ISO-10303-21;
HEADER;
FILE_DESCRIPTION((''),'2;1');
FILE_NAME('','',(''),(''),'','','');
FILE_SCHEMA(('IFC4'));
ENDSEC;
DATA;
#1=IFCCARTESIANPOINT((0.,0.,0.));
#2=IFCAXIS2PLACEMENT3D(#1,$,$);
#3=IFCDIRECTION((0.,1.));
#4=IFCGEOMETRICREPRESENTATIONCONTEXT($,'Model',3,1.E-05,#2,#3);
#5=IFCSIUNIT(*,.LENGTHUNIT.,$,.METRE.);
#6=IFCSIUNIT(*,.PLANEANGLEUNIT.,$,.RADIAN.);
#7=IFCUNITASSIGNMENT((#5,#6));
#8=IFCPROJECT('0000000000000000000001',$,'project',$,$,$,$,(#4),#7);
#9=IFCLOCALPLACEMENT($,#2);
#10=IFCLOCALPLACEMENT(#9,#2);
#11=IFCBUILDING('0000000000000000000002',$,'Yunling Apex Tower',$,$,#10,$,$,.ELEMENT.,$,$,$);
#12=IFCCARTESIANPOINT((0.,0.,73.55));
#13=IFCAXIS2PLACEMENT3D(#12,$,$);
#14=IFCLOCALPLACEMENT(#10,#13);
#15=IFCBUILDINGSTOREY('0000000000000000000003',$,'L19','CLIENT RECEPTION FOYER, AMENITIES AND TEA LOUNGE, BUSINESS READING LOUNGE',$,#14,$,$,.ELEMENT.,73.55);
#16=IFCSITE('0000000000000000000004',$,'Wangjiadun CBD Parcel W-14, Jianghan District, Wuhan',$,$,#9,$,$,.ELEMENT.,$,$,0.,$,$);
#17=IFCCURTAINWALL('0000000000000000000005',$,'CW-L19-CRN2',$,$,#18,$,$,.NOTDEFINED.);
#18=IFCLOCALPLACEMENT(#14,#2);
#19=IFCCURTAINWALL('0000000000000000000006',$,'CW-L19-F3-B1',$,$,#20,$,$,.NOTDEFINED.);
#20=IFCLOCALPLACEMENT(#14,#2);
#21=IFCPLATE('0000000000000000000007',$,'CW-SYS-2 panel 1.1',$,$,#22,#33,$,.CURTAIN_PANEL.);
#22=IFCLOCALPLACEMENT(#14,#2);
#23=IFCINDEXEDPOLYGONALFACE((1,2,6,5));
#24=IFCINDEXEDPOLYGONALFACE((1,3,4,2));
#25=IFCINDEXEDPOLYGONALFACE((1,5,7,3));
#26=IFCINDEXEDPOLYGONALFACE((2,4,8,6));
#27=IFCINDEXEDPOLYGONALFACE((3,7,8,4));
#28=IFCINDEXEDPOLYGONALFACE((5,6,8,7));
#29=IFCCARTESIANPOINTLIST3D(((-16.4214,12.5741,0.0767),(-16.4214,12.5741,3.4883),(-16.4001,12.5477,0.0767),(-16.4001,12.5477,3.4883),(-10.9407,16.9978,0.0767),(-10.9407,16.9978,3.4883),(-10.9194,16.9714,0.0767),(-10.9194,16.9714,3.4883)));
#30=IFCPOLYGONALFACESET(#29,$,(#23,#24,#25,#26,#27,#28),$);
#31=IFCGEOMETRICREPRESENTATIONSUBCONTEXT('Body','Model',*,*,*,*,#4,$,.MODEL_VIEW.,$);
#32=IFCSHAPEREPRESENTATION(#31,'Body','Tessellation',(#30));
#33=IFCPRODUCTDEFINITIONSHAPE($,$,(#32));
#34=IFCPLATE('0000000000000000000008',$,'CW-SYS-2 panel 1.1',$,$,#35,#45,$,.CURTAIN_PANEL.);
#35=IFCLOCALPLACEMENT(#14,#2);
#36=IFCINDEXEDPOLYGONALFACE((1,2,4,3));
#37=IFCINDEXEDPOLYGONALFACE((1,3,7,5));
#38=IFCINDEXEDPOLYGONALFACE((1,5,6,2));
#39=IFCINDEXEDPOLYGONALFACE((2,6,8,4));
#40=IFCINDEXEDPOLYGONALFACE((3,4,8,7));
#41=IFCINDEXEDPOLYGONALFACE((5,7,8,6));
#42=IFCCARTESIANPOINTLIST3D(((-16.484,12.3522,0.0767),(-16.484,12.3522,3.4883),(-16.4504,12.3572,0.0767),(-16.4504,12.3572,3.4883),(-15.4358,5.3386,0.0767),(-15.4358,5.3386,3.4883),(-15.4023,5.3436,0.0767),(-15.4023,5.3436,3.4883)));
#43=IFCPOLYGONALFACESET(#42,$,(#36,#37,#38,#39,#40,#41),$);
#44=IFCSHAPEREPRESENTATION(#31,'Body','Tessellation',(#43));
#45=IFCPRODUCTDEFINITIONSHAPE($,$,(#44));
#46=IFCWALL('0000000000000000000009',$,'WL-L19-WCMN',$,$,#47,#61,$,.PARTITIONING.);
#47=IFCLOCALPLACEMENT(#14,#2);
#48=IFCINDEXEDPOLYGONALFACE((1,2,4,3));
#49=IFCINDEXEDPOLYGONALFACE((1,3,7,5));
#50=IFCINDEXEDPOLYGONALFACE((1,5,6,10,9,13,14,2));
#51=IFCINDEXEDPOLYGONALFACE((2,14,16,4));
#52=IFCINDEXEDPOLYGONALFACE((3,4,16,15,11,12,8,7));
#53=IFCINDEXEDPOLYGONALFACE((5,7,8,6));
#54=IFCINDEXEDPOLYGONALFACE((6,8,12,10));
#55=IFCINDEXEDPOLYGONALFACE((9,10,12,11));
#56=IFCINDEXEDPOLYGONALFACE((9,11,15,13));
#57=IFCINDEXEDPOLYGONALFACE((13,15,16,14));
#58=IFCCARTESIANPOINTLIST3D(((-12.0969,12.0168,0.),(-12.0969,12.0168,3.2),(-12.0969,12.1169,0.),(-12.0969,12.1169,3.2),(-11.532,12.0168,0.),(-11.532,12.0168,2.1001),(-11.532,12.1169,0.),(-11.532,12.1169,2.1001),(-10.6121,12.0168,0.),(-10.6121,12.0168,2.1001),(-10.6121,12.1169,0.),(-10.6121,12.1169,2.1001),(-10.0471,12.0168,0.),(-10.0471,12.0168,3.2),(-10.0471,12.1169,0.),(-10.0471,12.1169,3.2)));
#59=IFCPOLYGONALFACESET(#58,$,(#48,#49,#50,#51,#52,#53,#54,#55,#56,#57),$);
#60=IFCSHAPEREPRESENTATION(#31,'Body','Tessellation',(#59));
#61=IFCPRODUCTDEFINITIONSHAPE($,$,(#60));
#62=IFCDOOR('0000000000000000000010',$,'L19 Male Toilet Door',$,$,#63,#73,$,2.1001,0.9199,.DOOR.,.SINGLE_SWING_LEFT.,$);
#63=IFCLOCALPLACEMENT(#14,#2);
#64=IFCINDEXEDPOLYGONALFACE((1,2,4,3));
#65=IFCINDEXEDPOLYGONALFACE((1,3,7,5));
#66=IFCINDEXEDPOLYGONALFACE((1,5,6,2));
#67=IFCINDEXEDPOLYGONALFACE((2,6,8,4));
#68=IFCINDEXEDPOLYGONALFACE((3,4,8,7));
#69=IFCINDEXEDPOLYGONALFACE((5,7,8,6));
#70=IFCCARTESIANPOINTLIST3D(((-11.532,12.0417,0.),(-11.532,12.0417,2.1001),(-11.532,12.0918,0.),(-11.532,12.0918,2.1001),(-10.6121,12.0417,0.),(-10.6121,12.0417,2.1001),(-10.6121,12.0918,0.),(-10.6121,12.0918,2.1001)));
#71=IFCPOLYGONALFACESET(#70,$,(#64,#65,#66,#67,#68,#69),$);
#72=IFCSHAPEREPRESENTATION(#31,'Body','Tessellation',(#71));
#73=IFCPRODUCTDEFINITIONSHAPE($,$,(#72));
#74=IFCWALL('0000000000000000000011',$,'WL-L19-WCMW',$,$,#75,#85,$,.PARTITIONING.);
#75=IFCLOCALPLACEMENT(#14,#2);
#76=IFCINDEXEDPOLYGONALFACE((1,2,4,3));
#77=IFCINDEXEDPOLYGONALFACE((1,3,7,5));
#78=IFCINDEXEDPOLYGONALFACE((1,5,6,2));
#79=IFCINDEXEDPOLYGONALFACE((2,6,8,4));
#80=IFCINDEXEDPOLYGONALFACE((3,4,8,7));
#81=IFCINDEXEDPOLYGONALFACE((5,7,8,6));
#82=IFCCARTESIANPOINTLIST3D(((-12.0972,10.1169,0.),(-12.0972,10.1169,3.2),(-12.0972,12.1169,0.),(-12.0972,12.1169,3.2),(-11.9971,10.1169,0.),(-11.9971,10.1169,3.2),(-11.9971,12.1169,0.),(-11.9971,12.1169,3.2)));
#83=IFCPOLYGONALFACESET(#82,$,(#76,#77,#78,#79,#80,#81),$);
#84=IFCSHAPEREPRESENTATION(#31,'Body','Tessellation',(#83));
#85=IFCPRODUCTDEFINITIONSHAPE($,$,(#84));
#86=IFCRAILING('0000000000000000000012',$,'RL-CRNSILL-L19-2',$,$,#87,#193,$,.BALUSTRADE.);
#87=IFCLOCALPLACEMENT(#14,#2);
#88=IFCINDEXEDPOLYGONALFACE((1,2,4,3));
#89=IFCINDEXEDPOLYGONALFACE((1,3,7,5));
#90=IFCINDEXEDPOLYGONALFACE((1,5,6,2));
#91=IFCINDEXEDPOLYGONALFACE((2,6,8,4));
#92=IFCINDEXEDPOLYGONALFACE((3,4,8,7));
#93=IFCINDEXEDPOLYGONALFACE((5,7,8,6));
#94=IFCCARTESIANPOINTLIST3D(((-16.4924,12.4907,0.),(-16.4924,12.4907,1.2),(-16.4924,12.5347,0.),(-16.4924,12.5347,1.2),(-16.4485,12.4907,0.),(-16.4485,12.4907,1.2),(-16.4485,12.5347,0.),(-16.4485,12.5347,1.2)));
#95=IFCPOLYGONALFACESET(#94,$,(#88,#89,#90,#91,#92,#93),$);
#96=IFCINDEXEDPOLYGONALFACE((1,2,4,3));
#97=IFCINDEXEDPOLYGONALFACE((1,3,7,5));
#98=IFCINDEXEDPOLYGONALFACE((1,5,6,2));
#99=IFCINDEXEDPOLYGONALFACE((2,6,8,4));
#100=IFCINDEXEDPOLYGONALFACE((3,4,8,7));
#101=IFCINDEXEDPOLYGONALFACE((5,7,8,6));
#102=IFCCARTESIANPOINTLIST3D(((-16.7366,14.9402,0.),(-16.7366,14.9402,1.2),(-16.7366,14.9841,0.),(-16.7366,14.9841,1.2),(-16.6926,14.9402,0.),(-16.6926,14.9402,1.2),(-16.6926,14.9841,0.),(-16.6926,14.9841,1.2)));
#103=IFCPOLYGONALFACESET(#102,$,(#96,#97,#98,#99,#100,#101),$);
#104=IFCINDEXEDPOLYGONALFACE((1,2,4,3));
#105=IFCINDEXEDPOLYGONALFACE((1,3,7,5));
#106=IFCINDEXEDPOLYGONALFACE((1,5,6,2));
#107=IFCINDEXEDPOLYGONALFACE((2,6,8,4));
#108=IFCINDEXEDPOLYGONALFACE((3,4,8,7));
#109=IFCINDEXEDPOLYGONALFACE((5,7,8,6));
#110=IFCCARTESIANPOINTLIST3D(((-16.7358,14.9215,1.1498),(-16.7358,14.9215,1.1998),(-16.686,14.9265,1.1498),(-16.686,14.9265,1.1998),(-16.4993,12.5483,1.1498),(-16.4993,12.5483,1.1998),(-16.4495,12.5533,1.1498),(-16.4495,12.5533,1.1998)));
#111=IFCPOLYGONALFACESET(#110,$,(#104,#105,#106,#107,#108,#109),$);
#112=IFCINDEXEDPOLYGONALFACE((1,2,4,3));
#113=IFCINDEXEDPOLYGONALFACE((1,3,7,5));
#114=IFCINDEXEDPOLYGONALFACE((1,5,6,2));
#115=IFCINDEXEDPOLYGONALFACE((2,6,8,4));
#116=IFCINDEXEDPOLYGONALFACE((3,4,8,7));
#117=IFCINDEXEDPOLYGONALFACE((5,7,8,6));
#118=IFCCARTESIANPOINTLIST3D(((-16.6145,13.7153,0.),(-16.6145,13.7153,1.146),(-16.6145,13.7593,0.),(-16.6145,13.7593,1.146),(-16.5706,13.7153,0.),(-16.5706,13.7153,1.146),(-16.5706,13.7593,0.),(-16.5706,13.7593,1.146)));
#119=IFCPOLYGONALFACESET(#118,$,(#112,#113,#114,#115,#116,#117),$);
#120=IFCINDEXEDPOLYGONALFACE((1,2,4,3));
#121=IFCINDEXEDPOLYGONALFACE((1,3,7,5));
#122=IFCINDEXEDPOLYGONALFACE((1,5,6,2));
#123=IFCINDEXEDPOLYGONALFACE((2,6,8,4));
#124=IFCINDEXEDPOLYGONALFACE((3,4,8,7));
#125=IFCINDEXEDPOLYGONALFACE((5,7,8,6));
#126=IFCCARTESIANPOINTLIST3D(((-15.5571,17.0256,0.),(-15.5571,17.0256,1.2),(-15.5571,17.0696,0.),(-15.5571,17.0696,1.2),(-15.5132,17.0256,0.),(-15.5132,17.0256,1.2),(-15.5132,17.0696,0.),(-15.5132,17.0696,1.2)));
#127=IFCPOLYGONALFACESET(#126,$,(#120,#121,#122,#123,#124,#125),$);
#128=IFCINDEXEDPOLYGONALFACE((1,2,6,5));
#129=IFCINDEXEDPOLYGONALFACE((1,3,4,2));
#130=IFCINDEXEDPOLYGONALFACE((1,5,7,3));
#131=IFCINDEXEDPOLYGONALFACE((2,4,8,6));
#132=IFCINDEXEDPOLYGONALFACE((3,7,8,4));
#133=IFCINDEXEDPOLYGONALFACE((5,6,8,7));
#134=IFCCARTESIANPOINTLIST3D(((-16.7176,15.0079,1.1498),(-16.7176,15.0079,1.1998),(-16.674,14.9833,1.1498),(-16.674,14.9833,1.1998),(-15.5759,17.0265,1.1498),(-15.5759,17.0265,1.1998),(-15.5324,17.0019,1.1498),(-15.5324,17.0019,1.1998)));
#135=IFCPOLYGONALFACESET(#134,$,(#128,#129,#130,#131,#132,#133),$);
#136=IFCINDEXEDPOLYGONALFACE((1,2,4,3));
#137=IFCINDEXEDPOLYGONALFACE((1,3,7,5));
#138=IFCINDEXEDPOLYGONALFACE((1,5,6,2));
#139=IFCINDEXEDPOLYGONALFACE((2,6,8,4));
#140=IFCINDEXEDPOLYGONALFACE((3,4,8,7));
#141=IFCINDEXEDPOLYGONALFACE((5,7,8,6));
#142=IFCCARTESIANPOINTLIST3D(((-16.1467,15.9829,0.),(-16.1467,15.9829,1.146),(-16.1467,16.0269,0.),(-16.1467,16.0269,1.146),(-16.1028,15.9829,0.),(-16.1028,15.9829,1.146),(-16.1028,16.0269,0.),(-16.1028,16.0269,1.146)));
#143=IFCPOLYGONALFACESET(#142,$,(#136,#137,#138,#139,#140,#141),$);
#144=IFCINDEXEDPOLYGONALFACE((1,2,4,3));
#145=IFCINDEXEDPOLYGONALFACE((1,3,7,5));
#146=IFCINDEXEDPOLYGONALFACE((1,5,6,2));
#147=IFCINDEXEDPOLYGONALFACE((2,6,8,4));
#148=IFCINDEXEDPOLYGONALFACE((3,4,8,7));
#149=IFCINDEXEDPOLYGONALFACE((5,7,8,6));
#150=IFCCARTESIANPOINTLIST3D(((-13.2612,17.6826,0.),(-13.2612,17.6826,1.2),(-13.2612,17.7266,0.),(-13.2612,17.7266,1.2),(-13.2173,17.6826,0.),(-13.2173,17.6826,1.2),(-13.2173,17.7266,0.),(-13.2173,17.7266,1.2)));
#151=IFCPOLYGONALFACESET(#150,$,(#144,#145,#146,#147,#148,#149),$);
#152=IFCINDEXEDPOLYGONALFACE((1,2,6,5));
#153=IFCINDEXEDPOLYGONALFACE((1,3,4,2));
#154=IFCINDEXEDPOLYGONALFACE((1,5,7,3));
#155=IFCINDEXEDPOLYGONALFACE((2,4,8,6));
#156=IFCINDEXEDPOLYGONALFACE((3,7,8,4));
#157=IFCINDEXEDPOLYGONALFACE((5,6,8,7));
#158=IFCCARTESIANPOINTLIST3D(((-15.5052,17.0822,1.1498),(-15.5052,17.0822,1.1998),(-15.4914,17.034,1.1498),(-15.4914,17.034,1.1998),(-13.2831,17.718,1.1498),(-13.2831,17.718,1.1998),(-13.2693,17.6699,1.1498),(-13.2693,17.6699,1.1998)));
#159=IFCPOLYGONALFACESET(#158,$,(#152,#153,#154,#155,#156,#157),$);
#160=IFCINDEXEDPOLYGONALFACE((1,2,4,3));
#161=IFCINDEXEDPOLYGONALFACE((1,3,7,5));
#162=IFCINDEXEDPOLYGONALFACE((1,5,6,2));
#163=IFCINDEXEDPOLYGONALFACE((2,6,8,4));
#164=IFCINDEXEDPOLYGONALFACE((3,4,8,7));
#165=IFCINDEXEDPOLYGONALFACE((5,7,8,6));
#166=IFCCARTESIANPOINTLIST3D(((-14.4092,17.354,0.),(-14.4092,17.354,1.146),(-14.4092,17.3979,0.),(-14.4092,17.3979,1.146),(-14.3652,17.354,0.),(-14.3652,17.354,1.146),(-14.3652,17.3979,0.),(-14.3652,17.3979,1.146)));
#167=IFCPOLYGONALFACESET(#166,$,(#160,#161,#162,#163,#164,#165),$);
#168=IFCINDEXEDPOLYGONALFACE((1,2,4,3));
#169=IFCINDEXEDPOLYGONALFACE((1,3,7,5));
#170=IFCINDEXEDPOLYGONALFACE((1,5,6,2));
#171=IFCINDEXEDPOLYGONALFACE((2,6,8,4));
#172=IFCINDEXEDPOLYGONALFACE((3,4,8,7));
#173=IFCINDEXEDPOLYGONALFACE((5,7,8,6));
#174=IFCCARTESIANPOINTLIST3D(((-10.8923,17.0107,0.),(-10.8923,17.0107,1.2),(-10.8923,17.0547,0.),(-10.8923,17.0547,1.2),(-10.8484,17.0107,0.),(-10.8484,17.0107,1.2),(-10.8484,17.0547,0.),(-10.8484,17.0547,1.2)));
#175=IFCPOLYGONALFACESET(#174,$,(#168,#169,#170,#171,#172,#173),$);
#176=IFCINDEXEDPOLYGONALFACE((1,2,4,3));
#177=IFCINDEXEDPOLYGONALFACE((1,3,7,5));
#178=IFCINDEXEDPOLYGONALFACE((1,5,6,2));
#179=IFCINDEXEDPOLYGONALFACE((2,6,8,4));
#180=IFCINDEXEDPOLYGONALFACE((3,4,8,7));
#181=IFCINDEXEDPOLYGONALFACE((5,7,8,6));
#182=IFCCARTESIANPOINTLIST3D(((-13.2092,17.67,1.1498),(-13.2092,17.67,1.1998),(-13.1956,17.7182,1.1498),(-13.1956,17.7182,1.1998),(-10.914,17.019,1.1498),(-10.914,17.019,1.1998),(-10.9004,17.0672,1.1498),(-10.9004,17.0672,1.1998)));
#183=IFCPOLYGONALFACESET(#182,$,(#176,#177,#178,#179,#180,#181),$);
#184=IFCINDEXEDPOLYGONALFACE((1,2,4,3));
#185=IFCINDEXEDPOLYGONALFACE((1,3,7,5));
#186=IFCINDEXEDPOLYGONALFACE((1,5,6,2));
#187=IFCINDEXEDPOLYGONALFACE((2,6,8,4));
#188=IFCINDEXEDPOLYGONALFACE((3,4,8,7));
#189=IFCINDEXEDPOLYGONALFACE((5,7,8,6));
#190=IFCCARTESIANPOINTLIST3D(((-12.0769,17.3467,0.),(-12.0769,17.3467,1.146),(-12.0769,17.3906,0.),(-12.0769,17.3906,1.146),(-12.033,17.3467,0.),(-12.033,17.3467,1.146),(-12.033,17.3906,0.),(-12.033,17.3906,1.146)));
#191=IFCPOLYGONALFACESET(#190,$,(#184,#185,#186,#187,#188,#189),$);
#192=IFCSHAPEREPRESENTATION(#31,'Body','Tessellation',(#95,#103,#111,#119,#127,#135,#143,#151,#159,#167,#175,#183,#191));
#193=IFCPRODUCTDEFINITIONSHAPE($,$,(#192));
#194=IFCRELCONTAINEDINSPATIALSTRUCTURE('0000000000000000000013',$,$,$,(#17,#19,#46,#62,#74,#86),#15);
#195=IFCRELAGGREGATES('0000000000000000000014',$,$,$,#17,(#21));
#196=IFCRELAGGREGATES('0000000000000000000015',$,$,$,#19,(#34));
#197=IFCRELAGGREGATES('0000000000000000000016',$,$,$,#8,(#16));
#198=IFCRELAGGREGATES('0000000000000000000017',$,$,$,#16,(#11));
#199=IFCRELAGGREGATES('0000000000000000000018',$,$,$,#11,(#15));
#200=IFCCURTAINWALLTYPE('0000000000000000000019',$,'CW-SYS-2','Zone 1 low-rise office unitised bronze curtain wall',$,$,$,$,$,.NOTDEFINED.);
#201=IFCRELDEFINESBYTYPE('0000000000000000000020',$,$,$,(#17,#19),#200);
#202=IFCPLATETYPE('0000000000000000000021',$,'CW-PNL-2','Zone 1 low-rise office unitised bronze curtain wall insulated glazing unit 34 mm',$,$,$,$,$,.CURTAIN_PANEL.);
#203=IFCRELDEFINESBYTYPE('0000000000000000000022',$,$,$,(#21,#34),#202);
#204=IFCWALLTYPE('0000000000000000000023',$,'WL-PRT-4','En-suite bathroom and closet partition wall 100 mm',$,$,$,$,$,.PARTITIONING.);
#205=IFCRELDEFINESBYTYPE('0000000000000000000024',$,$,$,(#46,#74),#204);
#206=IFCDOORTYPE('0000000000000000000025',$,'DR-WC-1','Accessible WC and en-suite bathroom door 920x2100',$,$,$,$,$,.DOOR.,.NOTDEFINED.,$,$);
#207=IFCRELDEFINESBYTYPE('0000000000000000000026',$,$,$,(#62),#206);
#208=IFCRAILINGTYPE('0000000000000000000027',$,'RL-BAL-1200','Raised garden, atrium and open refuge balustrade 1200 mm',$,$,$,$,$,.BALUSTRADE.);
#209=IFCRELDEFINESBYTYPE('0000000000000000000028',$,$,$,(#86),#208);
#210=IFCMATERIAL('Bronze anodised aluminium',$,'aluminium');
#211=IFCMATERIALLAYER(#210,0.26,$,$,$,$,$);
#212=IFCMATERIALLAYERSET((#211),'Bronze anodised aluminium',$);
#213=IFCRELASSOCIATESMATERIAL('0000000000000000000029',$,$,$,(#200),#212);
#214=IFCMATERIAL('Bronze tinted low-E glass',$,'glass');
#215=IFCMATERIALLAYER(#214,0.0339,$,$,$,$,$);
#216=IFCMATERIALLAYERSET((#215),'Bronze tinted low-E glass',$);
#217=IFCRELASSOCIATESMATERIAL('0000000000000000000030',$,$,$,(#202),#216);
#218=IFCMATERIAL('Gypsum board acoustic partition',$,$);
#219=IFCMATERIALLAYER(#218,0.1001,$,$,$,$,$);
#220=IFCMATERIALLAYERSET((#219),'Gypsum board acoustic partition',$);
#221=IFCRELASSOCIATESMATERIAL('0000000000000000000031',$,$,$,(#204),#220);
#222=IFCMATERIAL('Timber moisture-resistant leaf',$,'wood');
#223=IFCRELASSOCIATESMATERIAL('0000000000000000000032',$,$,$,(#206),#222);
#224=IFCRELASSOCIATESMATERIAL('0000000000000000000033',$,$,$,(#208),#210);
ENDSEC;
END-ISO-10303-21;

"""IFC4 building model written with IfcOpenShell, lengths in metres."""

from ifc_helpers import new_model, si_unit, direction, frame, frame_2d, origin, origin_2d, place, context, subcontext, project, spatial, rectangle, extrude, source, transform, mapped, material, layer, layer_set, type_object, element, fill, aggregate, save


model = new_model("IFC4")

# Units and contexts
model_context = context("Model", 3, precision=1e-05, world=origin(), true_north=direction((0.0, 1.0)))
body_context = subcontext(model_context, "Body", "Model", "MODEL_VIEW")
ifc_project = project(units=[si_unit("LENGTHUNIT", "METRE"), si_unit("PLANEANGLEUNIT", "RADIAN")], contexts=[model_context])

# Site, building, storey
site_placement = place(None, origin())
site = spatial("IfcSite", under=ifc_project, at=site_placement, Name="Wangjiadun CBD Parcel W-14, Jianghan District, Wuhan", CompositionType="ELEMENT", RefElevation=0.0)
building_placement = place(site_placement, origin())
building = spatial("IfcBuilding", under=site, at=building_placement, Name="Yunling Apex Tower", CompositionType="ELEMENT")
storey_placement = place(building_placement, frame((0.0, 0.0, 73.55)))
storey = spatial("IfcBuildingStorey", under=building, at=storey_placement, Name="L19", Description="CLIENT RECEPTION FOYER, AMENITIES AND TEA LOUNGE, BUSINESS READING LOUNGE", CompositionType="ELEMENT", Elevation=73.55)

# Curtain walls
ifc_material_1 = material(Name="Bronze anodised aluminium", Category="aluminium")
ifc_layer_1 = layer(ifc_material_1, 0.26)
ifc_layer_set_1 = layer_set([ifc_layer_1], Name="Bronze anodised aluminium")
curtain_wall_type = type_object("IfcCurtainWallType", Name="CW-SYS-2", Description="Zone 1 low-rise office unitised bronze curtain wall", PredefinedType="NOTDEFINED", material=ifc_layer_set_1)
curtain_wall_1_placement = place(storey_placement, origin())
curtain_wall_1 = element("IfcCurtainWall", 1, at=curtain_wall_1_placement, inside=storey, type_object=curtain_wall_type, Name="CW-L19-CRN2", PredefinedType="NOTDEFINED")
curtain_wall_2_placement = place(storey_placement, origin())
curtain_wall_2 = element("IfcCurtainWall", 2, at=curtain_wall_2_placement, inside=storey, type_object=curtain_wall_type, Name="CW-L19-F3-B1", PredefinedType="NOTDEFINED")

# Plates
ifc_material_2 = material(Name="Bronze tinted low-E glass", Category="glass")
ifc_layer_2 = layer(ifc_material_2, 0.0339)
ifc_layer_set_2 = layer_set([ifc_layer_2], Name="Bronze tinted low-E glass")
plate_type = type_object("IfcPlateType", Name="CW-PNL-2", Description="Zone 1 low-rise office unitised bronze curtain wall insulated glazing unit 34 mm", PredefinedType="CURTAIN_PANEL", material=ifc_layer_set_2)
shared_shape_1 = source(origin(), body_context, "Body", "SweptSolid", [
    extrude(rectangle(XDim=7.0432, YDim=0.0339, at=origin_2d()), origin(), (0.0, 0.0, 1.0), 3.4116),
])
plate_1_placement = place(storey_placement, frame((-13.6704, 14.7727, 0.0767), z_axis=(0.0, 0.0, 1.0), x_axis=(-0.778149, -0.62808, 0.0)))
plate_1 = element("IfcPlate", 3, at=plate_1_placement, type_object=plate_type, Name="CW-SYS-2 panel 1.1", PredefinedType="CURTAIN_PANEL", context=body_context, shape_type="MappedRepresentation", body=[
    mapped(shared_shape_1, transform((0.0, 0.0, 0.0), scale=1.0)),
])
aggregate(curtain_wall_1, [plate_1])
shared_shape_2 = source(origin(), body_context, "Body", "SweptSolid", [
    extrude(rectangle(XDim=7.0916, YDim=0.0339, at=origin_2d()), origin(), (0.0, 0.0, 1.0), 3.4116),
])
plate_2_placement = place(storey_placement, frame((-15.9431, 8.8479, 0.0767), z_axis=(0.0, 0.0, 1.0), x_axis=(0.147799, -0.989017, 0.0)))
plate_2 = element("IfcPlate", 4, at=plate_2_placement, type_object=plate_type, Name="CW-SYS-2 panel 1.1", PredefinedType="CURTAIN_PANEL", context=body_context, shape_type="MappedRepresentation", body=[
    mapped(shared_shape_2, transform((0.0, 0.0, 0.0), scale=1.0)),
])
aggregate(curtain_wall_2, [plate_2])

# Wall, opening, door
ifc_material_3 = material(Name="Gypsum board acoustic partition")
ifc_layer_3 = layer(ifc_material_3, 0.1001)
ifc_layer_set_3 = layer_set([ifc_layer_3], Name="Gypsum board acoustic partition")
wall_type = type_object("IfcWallType", Name="WL-PRT-4", Description="En-suite bathroom and closet partition wall 100 mm", PredefinedType="PARTITIONING", material=ifc_layer_set_3)
wall_1_placement = place(storey_placement, frame((-12.0969, 12.0669, 0.0), z_axis=(0.0, 0.0, 1.0), x_axis=(1.0, 0.0, 0.0)))
wall_1 = element("IfcWall", 5, at=wall_1_placement, inside=storey, type_object=wall_type, Name="WL-L19-WCMN", PredefinedType="PARTITIONING", context=body_context, shape_type="SweptSolid", body=[
    extrude(rectangle(XDim=2.0498, YDim=0.1001, at=frame_2d((1.0249, 0.0))), origin(), (0.0, 0.0, 1.0), 3.2),
])
opening_placement = place(wall_1_placement, frame((0.5649, 0.0, 0.0)))
opening = element("IfcOpeningElement", 6, at=opening_placement, cuts=wall_1, PredefinedType="OPENING", context=body_context, shape_type="SweptSolid", body=[
    extrude(rectangle(XDim=0.9199, YDim=2.1001, at=frame_2d((0.46, 1.05))), frame((0.0, 0.0601, 0.0), z_axis=(0.0, -1.0, 0.0), x_axis=(1.0, 0.0, 0.0)), (0.0, 0.0, 1.0), 0.1201),
])
ifc_material_4 = material(Name="Timber moisture-resistant leaf", Category="wood")
door_type = type_object("IfcDoorType", Name="DR-WC-1", Description="Accessible WC and en-suite bathroom door 920x2100", OperationType="NOTDEFINED", PredefinedType="DOOR", material=ifc_material_4)
door_placement = place(opening_placement, origin())
door = element("IfcDoor", 7, at=door_placement, inside=storey, type_object=door_type, Name="L19 Male Toilet Door", OperationType="SINGLE_SWING_LEFT", OverallHeight=2.1001, OverallWidth=0.9199, PredefinedType="DOOR", context=body_context, shape_type="SweptSolid", body=[
    extrude(rectangle(XDim=0.9199, YDim=2.1001, at=frame_2d((0.46, 1.05))), frame((0.0, 0.0249, 0.0), z_axis=(0.0, -1.0, 0.0), x_axis=(1.0, 0.0, 0.0)), (0.0, 0.0, 1.0), 0.05),
])
fill(opening, door)

# Wall
wall_2_placement = place(storey_placement, frame((-12.0471, 10.1169, 0.0), z_axis=(0.0, 0.0, 1.0), x_axis=(0.0, 1.0, 0.0)))
element("IfcWall", 8, at=wall_2_placement, inside=storey, type_object=wall_type, Name="WL-L19-WCMW", PredefinedType="PARTITIONING", context=body_context, shape_type="SweptSolid", body=[
    extrude(rectangle(XDim=2.0, YDim=0.1001, at=frame_2d((1.0, 0.0))), origin(), (0.0, 0.0, 1.0), 3.2),
])

# Railing
railing_type = type_object("IfcRailingType", Name="RL-BAL-1200", Description="Raised garden, atrium and open refuge balustrade 1200 mm", PredefinedType="BALUSTRADE", material=ifc_material_1)
railing_placement = place(storey_placement, frame((-16.4705, 12.5127, 0.0)))
element("IfcRailing", 9, at=railing_placement, inside=storey, type_object=railing_type, Name="RL-CRNSILL-L19-2", PredefinedType="BALUSTRADE", context=body_context, shape_type="SweptSolid", body=[
    extrude(rectangle(XDim=0.0439, YDim=0.0439, at=origin_2d()), origin(), (0.0, 0.0, 1.0), 1.2),
    extrude(rectangle(XDim=0.0439, YDim=0.0439, at=origin_2d()), frame((-0.2441, 2.4495, 0.0)), (0.0, 0.0, 1.0), 1.2),
    extrude(rectangle(XDim=0.05, YDim=0.05, at=origin_2d()), frame((-0.0039, 0.0381, 1.1748), z_axis=(-0.09918, 0.99507, 0.0), x_axis=(-0.99507, -0.09918, 0.0)), (0.0, 0.0, 1.0), 2.385),
    extrude(rectangle(XDim=0.0439, YDim=0.0439, at=origin_2d()), frame((-0.1221, 1.2246, 0.0)), (0.0, 0.0, 1.0), 1.146),
    extrude(rectangle(XDim=0.0439, YDim=0.0439, at=origin_2d()), frame((0.9353, 4.5349, 0.0)), (0.0, 0.0, 1.0), 1.2),
    extrude(rectangle(XDim=0.05, YDim=0.05, at=origin_2d()), frame((-0.2253, 2.4829, 1.1748), z_axis=(0.492282, 0.870436, 0.0), x_axis=(-0.870436, 0.492282, 0.0)), (0.0, 0.0, 1.0), 2.3191),
    extrude(rectangle(XDim=0.0439, YDim=0.0439, at=origin_2d()), frame((0.3457, 3.4922, 0.0)), (0.0, 0.0, 1.0), 1.146),
    extrude(rectangle(XDim=0.0439, YDim=0.0439, at=origin_2d()), frame((3.2312, 5.1919, 0.0)), (0.0, 0.0, 1.0), 1.2),
    extrude(rectangle(XDim=0.05, YDim=0.05, at=origin_2d()), frame((0.9722, 4.5454, 1.1748), z_axis=(0.961412, 0.275113, 0.0), x_axis=(-0.275113, 0.961412, 0.0)), (0.0, 0.0, 1.0), 2.3113),
    extrude(rectangle(XDim=0.0439, YDim=0.0439, at=origin_2d()), frame((2.0833, 4.8633, 0.0)), (0.0, 0.0, 1.0), 1.146),
    extrude(rectangle(XDim=0.0439, YDim=0.0439, at=origin_2d()), frame((5.6001, 4.52, 0.0)), (0.0, 0.0, 1.0), 1.2),
    extrude(rectangle(XDim=0.05, YDim=0.05, at=origin_2d()), frame((3.2681, 5.1814, 1.1748), z_axis=(0.962053, -0.272861, 0.0), x_axis=(0.272861, 0.962053, 0.0)), (0.0, 0.0, 1.0), 2.3857),
    extrude(rectangle(XDim=0.0439, YDim=0.0439, at=origin_2d()), frame((4.4155, 4.856, 0.0)), (0.0, 0.0, 1.0), 1.146),
])

save(model, "model.ifc")
